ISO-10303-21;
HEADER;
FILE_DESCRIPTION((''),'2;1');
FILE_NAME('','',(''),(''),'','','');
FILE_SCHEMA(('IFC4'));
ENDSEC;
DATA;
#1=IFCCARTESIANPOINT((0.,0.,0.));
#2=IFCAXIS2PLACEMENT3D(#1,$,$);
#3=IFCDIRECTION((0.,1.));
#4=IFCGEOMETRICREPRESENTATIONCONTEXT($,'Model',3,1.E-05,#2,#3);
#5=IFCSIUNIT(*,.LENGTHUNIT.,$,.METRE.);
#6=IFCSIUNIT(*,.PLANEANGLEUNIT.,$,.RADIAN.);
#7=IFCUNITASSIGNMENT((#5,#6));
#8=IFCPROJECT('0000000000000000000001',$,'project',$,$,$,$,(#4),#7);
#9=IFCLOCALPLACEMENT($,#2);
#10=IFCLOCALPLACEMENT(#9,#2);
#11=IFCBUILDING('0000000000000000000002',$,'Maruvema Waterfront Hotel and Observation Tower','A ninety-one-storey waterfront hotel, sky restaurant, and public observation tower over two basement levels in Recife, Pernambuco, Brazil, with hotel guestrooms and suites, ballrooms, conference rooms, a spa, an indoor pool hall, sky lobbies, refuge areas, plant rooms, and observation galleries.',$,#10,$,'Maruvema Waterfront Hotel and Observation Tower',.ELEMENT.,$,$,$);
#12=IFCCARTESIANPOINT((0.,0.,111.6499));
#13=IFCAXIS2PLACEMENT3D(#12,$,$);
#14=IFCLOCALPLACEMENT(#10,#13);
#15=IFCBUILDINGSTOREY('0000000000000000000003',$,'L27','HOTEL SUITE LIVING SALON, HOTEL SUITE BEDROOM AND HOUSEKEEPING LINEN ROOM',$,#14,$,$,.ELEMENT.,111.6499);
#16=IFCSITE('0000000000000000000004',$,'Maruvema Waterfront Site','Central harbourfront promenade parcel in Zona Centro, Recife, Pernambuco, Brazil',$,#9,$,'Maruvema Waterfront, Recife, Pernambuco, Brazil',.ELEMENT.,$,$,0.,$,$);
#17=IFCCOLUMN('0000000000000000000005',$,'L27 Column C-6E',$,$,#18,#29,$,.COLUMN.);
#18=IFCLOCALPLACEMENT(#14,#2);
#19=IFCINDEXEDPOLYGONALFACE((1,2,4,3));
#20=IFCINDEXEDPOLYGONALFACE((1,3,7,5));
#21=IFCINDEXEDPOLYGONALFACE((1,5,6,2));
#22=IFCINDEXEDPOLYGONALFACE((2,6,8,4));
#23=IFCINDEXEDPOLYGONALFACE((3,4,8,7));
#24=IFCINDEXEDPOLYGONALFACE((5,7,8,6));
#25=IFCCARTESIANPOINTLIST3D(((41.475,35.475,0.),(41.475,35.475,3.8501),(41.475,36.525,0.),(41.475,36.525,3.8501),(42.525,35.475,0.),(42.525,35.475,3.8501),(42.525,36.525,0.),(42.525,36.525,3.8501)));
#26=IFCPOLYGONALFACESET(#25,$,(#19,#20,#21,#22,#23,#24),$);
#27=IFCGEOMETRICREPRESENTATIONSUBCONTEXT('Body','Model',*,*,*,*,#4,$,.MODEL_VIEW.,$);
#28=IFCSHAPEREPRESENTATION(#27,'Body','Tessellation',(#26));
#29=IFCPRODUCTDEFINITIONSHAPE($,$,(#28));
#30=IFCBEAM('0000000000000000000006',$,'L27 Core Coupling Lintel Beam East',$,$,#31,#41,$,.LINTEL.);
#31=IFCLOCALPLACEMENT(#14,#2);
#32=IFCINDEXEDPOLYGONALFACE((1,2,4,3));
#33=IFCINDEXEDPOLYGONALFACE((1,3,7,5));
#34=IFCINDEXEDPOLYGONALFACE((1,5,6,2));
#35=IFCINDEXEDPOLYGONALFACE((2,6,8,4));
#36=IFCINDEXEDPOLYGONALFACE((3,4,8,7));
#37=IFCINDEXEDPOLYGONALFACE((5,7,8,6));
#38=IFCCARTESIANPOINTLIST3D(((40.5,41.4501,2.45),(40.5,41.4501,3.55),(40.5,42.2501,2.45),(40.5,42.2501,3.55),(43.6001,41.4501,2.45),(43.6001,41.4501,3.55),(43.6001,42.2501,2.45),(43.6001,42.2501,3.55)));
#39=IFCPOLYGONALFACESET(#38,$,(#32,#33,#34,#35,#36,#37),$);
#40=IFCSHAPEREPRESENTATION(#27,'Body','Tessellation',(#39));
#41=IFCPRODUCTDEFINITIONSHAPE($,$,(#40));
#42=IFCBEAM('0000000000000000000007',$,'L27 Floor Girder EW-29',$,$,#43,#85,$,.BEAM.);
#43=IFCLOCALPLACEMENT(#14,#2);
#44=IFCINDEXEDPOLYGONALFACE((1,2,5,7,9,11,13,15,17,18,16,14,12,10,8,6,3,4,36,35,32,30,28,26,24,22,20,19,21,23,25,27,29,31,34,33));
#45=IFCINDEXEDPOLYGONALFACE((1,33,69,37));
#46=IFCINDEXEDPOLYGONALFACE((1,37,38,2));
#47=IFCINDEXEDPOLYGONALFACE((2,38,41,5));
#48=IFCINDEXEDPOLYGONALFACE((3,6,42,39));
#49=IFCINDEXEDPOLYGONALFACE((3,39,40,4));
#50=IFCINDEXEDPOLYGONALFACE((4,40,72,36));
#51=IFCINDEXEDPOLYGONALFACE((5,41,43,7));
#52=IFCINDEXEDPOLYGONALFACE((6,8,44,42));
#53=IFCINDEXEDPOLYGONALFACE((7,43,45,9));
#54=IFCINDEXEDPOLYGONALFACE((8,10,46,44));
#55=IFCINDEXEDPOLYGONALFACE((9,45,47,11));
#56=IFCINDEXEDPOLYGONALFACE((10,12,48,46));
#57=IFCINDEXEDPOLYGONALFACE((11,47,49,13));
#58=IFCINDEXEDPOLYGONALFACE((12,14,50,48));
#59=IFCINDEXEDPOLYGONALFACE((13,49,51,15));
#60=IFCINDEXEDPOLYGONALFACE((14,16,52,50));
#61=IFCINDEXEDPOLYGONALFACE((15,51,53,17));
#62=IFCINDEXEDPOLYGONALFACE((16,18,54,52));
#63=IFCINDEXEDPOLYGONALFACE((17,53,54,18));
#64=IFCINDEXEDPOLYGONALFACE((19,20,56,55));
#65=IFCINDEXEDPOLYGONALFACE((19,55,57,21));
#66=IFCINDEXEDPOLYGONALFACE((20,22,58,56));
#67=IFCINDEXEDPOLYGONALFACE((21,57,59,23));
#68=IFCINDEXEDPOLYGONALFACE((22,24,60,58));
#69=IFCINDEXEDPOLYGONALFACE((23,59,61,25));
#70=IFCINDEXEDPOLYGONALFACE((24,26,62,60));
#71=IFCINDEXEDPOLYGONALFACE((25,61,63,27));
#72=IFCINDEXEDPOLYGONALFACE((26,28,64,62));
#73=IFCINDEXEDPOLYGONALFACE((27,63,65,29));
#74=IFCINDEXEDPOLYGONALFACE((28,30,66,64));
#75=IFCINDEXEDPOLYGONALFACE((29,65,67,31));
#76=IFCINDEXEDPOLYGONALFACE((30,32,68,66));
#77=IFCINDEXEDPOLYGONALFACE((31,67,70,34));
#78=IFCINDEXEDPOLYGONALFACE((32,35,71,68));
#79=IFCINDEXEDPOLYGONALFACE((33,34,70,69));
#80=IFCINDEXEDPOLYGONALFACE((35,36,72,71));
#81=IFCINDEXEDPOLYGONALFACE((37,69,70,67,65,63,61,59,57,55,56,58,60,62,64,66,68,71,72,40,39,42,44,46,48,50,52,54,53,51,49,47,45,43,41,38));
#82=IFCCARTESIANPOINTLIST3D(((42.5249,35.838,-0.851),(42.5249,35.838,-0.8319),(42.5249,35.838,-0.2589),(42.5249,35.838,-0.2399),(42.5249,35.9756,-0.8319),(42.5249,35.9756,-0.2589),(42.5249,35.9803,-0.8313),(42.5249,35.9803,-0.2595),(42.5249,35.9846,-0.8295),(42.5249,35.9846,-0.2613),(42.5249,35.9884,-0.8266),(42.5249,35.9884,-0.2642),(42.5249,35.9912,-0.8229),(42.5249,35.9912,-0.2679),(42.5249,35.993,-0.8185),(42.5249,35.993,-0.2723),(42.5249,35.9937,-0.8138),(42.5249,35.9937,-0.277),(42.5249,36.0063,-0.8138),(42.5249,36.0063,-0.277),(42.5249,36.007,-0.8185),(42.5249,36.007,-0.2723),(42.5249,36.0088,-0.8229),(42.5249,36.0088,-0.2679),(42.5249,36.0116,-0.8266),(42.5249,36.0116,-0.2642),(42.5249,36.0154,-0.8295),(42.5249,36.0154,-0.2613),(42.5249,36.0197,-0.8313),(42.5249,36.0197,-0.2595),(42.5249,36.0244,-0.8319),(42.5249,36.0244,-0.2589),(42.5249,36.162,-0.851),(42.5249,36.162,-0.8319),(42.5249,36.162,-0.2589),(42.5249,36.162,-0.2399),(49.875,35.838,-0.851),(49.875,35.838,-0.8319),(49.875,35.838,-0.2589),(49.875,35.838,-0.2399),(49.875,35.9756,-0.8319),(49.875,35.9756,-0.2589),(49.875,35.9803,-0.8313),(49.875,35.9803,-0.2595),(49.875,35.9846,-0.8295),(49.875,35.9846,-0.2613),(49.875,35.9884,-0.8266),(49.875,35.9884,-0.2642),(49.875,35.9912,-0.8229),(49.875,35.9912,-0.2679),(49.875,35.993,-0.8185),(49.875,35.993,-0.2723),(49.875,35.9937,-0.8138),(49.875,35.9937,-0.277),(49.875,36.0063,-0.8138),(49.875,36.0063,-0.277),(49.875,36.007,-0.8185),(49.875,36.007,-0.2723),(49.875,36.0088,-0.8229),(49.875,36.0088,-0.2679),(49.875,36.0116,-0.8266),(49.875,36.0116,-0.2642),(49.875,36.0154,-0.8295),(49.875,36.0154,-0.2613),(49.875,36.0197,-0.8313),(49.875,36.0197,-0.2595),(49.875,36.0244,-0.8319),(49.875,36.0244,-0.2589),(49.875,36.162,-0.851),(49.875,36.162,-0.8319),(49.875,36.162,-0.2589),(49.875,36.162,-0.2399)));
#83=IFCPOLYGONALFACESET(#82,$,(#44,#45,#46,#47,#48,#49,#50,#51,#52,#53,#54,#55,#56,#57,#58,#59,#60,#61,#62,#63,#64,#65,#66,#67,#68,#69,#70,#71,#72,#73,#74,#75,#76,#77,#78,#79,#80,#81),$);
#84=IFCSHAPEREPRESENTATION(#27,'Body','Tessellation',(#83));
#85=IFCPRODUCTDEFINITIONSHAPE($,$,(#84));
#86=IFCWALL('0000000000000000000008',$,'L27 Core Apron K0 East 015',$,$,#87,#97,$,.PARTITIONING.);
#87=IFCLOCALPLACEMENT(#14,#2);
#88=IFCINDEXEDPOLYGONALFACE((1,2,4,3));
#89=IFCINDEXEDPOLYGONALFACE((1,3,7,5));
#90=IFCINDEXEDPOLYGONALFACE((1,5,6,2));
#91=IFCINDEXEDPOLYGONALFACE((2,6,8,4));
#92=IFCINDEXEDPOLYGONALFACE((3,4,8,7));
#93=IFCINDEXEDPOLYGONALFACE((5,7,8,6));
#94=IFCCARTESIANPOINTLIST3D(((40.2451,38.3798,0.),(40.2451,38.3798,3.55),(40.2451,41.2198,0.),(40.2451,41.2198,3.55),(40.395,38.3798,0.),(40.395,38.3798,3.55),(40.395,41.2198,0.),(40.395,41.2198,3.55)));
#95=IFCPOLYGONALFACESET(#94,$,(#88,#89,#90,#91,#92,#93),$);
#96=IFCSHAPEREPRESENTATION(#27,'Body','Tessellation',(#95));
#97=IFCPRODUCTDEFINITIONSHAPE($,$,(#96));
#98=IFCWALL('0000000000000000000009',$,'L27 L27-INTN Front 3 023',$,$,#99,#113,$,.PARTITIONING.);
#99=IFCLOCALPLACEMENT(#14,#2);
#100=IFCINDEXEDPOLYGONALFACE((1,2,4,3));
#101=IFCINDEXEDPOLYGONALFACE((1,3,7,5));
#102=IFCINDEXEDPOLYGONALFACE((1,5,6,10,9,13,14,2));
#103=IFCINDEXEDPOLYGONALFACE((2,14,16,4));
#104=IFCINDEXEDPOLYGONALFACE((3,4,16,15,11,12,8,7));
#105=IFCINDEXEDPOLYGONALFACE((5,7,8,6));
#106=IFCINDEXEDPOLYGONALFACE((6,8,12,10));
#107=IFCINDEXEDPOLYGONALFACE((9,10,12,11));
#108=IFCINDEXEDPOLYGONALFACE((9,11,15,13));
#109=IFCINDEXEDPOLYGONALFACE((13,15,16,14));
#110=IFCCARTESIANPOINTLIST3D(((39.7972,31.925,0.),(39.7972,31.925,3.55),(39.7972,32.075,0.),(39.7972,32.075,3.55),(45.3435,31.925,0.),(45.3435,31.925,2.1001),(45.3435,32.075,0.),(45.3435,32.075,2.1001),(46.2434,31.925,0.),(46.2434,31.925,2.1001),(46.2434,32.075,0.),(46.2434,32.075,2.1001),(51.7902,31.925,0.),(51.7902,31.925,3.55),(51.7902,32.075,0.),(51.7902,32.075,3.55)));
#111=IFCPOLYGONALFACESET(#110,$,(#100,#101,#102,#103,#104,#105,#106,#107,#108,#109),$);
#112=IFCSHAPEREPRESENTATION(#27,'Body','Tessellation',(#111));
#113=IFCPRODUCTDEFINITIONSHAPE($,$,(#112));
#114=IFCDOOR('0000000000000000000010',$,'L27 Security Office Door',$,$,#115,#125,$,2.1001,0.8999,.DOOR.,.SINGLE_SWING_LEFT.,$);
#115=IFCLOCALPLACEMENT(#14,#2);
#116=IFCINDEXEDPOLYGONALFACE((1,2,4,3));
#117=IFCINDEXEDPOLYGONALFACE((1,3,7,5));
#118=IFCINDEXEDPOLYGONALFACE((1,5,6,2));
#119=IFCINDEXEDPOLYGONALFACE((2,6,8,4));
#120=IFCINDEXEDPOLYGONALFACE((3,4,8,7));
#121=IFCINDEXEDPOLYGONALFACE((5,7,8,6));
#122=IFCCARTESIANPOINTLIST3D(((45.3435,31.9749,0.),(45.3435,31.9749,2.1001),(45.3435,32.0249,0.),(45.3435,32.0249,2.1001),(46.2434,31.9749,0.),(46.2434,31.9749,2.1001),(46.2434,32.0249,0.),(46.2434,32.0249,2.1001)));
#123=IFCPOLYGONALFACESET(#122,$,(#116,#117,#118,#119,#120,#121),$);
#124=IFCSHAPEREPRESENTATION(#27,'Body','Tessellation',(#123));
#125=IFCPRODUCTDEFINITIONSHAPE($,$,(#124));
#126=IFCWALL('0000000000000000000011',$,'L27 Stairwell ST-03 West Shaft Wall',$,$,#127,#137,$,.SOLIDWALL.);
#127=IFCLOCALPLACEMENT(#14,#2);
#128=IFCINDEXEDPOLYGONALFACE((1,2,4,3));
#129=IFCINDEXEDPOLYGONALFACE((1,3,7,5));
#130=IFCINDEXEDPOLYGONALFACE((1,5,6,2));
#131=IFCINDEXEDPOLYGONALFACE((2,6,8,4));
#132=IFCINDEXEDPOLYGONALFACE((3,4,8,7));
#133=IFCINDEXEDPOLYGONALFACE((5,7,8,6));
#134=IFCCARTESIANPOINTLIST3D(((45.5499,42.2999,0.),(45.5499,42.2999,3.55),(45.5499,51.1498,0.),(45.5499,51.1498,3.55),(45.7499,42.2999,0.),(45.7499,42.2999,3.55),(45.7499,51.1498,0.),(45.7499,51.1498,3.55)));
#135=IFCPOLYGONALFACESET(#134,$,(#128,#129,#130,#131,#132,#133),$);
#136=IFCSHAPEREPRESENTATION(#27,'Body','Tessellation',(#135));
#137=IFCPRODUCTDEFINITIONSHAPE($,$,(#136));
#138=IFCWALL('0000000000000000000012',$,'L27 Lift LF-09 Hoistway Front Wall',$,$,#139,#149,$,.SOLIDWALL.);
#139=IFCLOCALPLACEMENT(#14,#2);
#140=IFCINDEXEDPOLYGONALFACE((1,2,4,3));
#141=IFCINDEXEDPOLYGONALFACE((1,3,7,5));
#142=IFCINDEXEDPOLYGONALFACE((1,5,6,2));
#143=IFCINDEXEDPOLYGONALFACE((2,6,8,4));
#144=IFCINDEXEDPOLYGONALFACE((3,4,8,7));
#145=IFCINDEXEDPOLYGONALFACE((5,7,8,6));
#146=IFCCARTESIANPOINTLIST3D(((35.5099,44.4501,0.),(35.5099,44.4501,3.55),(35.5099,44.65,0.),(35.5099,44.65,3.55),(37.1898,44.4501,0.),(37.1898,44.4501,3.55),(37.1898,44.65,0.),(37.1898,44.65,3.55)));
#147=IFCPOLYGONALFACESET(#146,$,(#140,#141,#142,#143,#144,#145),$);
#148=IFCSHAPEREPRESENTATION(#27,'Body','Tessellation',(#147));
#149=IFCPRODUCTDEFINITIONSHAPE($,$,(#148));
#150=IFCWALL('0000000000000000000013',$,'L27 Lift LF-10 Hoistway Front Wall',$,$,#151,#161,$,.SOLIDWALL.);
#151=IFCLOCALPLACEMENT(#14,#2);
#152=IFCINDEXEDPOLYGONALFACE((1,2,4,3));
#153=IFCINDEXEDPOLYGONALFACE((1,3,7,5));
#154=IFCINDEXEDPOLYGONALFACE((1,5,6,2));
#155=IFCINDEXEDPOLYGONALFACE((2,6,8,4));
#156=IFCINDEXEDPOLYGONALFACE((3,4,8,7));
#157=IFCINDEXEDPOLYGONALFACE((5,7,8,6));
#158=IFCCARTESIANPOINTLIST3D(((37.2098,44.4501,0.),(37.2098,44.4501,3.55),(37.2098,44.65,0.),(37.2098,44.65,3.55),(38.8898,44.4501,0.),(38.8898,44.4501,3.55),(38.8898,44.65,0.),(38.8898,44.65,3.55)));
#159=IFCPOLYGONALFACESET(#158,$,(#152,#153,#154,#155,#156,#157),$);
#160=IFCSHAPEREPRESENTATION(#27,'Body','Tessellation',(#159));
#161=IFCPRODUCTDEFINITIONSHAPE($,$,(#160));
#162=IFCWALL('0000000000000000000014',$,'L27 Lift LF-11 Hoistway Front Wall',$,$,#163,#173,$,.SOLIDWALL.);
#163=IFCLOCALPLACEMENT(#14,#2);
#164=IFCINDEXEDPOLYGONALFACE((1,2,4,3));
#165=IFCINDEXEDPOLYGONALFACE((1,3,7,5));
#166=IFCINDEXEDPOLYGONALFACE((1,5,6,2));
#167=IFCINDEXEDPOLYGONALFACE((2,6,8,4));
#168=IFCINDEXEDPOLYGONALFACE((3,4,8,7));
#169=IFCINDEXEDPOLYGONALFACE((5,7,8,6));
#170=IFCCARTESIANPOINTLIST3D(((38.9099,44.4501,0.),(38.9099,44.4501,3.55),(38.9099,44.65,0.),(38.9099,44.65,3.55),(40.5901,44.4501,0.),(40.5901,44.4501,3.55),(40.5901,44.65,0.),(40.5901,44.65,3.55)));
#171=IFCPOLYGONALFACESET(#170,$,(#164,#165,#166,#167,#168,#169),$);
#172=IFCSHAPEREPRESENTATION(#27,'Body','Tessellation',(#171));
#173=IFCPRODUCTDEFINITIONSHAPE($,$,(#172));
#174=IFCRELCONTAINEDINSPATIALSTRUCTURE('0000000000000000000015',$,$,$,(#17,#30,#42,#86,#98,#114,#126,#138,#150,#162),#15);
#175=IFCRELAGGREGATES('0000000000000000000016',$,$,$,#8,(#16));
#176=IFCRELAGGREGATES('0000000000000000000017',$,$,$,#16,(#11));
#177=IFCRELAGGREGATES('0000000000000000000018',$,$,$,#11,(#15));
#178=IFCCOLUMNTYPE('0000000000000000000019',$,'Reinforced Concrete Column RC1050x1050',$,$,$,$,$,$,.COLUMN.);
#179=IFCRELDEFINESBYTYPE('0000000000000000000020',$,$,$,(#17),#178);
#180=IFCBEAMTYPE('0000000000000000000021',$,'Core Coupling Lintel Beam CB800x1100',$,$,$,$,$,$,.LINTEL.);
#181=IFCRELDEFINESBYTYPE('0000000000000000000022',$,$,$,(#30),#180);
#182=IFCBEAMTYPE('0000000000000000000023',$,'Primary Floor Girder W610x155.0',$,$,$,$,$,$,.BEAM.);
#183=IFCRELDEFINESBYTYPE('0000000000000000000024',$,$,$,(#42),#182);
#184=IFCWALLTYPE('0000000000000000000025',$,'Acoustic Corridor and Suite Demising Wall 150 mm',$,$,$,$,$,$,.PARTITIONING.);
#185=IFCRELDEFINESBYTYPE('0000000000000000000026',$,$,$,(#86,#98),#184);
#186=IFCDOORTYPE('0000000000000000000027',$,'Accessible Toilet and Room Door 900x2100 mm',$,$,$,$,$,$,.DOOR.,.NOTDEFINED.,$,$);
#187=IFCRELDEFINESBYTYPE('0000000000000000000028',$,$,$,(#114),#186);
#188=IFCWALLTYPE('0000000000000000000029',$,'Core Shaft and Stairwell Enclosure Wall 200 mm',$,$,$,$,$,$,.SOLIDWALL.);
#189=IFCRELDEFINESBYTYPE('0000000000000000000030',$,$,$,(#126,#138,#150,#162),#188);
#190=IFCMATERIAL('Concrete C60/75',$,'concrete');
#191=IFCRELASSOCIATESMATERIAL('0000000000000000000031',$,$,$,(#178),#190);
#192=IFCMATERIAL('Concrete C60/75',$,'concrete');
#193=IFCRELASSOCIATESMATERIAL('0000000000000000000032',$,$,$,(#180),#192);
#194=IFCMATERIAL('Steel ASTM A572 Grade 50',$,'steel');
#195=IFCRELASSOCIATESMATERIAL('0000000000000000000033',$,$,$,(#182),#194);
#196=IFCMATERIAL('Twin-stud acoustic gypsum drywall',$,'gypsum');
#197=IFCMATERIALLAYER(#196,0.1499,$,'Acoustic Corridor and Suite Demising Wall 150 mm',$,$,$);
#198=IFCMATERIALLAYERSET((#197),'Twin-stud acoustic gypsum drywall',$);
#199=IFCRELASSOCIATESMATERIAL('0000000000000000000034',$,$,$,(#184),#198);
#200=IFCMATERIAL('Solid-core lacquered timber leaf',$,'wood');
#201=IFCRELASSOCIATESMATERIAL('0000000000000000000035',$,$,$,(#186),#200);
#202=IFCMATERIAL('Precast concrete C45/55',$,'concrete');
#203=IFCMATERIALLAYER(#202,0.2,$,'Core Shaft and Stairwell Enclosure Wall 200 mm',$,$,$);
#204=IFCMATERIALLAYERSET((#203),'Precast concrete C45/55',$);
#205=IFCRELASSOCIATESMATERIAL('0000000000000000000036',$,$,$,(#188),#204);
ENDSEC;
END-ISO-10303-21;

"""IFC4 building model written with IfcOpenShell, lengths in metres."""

from ifc_helpers import new_model, si_unit, direction, frame, frame_2d, origin, origin_2d, place, context, subcontext, project, spatial, rectangle, i_section, extrude, material, layer, layer_set, material_profile, profile_set, type_object, element, fill, save


model = new_model("IFC4")

# Units and contexts
model_context = context("Model", 3, precision=1e-05, world=origin(), true_north=direction((0.0, 1.0)))
body_context = subcontext(model_context, "Body", "Model", "MODEL_VIEW")
ifc_project = project(units=[si_unit("LENGTHUNIT", "METRE"), si_unit("PLANEANGLEUNIT", "RADIAN")], contexts=[model_context])

# Site, building, storey
site_placement = place(None, origin())
site = spatial("IfcSite", under=ifc_project, at=site_placement, Name="Maruvema Waterfront Site", Description="Central harbourfront promenade parcel in Zona Centro, Recife, Pernambuco, Brazil", LongName="Maruvema Waterfront, Recife, Pernambuco, Brazil", CompositionType="ELEMENT", RefElevation=0.0)
building_placement = place(site_placement, origin())
building = spatial("IfcBuilding", under=site, at=building_placement, Name="Maruvema Waterfront Hotel and Observation Tower", Description="A ninety-one-storey waterfront hotel, sky restaurant, and public observation tower over two basement levels in Recife, Pernambuco, Brazil, with hotel guestrooms and suites, ballrooms, conference rooms, a spa, an indoor pool hall, sky lobbies, refuge areas, plant rooms, and observation galleries.", LongName="Maruvema Waterfront Hotel and Observation Tower", CompositionType="ELEMENT")
storey_placement = place(building_placement, frame((0.0, 0.0, 111.6499)))
storey = spatial("IfcBuildingStorey", under=building, at=storey_placement, Name="L27", Description="HOTEL SUITE LIVING SALON, HOTEL SUITE BEDROOM AND HOUSEKEEPING LINEN ROOM", CompositionType="ELEMENT", Elevation=111.6499)

# Column
ifc_material_1 = material(Name="Concrete C60/75", Category="concrete")
ifc_material_profile_1 = material_profile(ifc_material_1, rectangle(XDim=1.05, YDim=1.05, at=origin_2d()), Name="RC1050x1050")
ifc_profile_set_1 = profile_set([ifc_material_profile_1], Name="Concrete C60/75")
column_type = type_object("IfcColumnType", Name="Reinforced Concrete Column RC1050x1050", PredefinedType="COLUMN", material=ifc_profile_set_1)
column_placement = place(storey_placement, frame((42.0, 36.0, 0.0), z_axis=(0.0, 0.0, 1.0), x_axis=(1.0, 0.0, 0.0)))
element("IfcColumn", 1, at=column_placement, inside=storey, type_object=column_type, Name="L27 Column C-6E", PredefinedType="COLUMN", context=body_context, shape_type="SweptSolid", body=[
    extrude(rectangle(XDim=1.05, YDim=1.05, at=origin_2d()), origin(), (0.0, 0.0, 1.0), 3.8501),
])

# Beams
ifc_material_2 = material(Name="Concrete C60/75", Category="concrete")
ifc_material_profile_2 = material_profile(ifc_material_2, rectangle(XDim=0.8, YDim=1.1001, at=origin_2d()), Name="CB800x1100")
ifc_profile_set_2 = profile_set([ifc_material_profile_2], Name="Concrete C60/75")
beam_type_1 = type_object("IfcBeamType", Name="Core Coupling Lintel Beam CB800x1100", PredefinedType="LINTEL", material=ifc_profile_set_2)
beam_1_placement = place(storey_placement, frame((40.5, 41.8501, 3.0), z_axis=(1.0, 0.0, 0.0), x_axis=(0.0, 1.0, 0.0)))
element("IfcBeam", 2, at=beam_1_placement, inside=storey, type_object=beam_type_1, Name="L27 Core Coupling Lintel Beam East", PredefinedType="LINTEL", context=body_context, shape_type="SweptSolid", body=[
    extrude(rectangle(XDim=0.8, YDim=1.1001, at=origin_2d()), origin(), (0.0, 0.0, 1.0), 3.1001),
])
ifc_material_3 = material(Name="Steel ASTM A572 Grade 50", Category="steel")
ifc_material_profile_3 = material_profile(ifc_material_3, i_section(OverallWidth=0.324, OverallDepth=0.6111, WebThickness=0.0127, FlangeThickness=0.019, FilletRadius=0.0181, at=origin_2d()), Name="W610x155.0")
ifc_profile_set_3 = profile_set([ifc_material_profile_3], Name="Steel ASTM A572 Grade 50")
beam_type_2 = type_object("IfcBeamType", Name="Primary Floor Girder W610x155.0", PredefinedType="BEAM", material=ifc_profile_set_3)
beam_2_placement = place(storey_placement, frame((42.5249, 36.0, -0.5454), z_axis=(1.0, 0.0, 0.0), x_axis=(0.0, 1.0, 0.0)))
element("IfcBeam", 3, at=beam_2_placement, inside=storey, type_object=beam_type_2, Name="L27 Floor Girder EW-29", PredefinedType="BEAM", context=body_context, shape_type="SweptSolid", body=[
    extrude(i_section(OverallWidth=0.324, OverallDepth=0.6111, WebThickness=0.0127, FlangeThickness=0.019, FilletRadius=0.0181, at=origin_2d()), origin(), (0.0, 0.0, 1.0), 7.3501),
])

# Wall
ifc_material_4 = material(Name="Twin-stud acoustic gypsum drywall", Category="gypsum")
ifc_layer_1 = layer(ifc_material_4, 0.1499, Name="Acoustic Corridor and Suite Demising Wall 150 mm")
ifc_layer_set_1 = layer_set([ifc_layer_1], Name="Twin-stud acoustic gypsum drywall")
wall_type_1 = type_object("IfcWallType", Name="Acoustic Corridor and Suite Demising Wall 150 mm", PredefinedType="PARTITIONING", material=ifc_layer_set_1)
wall_1_placement = place(storey_placement, frame((40.3201, 38.3799, 0.0), z_axis=(0.0, 0.0, 1.0), x_axis=(0.0, 1.0, 0.0)))
element("IfcWall", 4, at=wall_1_placement, inside=storey, type_object=wall_type_1, Name="L27 Core Apron K0 East 015", PredefinedType="PARTITIONING", context=body_context, shape_type="SweptSolid", body=[
    extrude(rectangle(XDim=2.8401, YDim=0.1499, at=frame_2d((1.4199, 0.0))), origin(), (0.0, 0.0, 1.0), 3.55),
])

# Wall, opening, door
wall_2_placement = place(storey_placement, frame((39.7971, 32.0, 0.0), z_axis=(0.0, 0.0, 1.0), x_axis=(1.0, 0.0, 0.0)))
wall_2 = element("IfcWall", 5, at=wall_2_placement, inside=storey, type_object=wall_type_1, Name="L27 L27-INTN Front 3 023", PredefinedType="PARTITIONING", context=body_context, shape_type="SweptSolid", body=[
    extrude(rectangle(XDim=11.9929, YDim=0.1499, at=frame_2d((5.9966, 0.0))), origin(), (0.0, 0.0, 1.0), 3.55),
])
opening_1_placement = place(wall_2_placement, frame((5.5464, 0.0, 0.0)))
opening_1 = element("IfcOpeningElement", 6, at=opening_1_placement, cuts=wall_2, PredefinedType="OPENING", context=body_context, shape_type="SweptSolid", body=[
    extrude(rectangle(XDim=0.8999, YDim=2.1001, at=frame_2d((0.45, 1.05))), frame((0.0, 0.085, 0.0), z_axis=(0.0, -1.0, 0.0), x_axis=(1.0, 0.0, 0.0)), (0.0, 0.0, 1.0), 0.1699),
])
ifc_material_5 = material(Name="Solid-core lacquered timber leaf", Category="wood")
door_type_1 = type_object("IfcDoorType", Name="Accessible Toilet and Room Door 900x2100 mm", OperationType="NOTDEFINED", PredefinedType="DOOR", material=ifc_material_5)
door_1_placement = place(opening_1_placement, origin())
door_1 = element("IfcDoor", 7, at=door_1_placement, inside=storey, type_object=door_type_1, Name="L27 Security Office Door", OperationType="SINGLE_SWING_LEFT", OverallHeight=2.1001, OverallWidth=0.8999, PredefinedType="DOOR", context=body_context, shape_type="SweptSolid", body=[
    extrude(rectangle(XDim=0.8999, YDim=2.1001, at=frame_2d((0.45, 1.05))), frame((0.0, 0.0249, 0.0), z_axis=(0.0, -1.0, 0.0), x_axis=(1.0, 0.0, 0.0)), (0.0, 0.0, 1.0), 0.05),
])
fill(opening_1, door_1)

# Walls
ifc_material_6 = material(Name="Precast concrete C45/55", Category="concrete")
ifc_layer_2 = layer(ifc_material_6, 0.2, Name="Core Shaft and Stairwell Enclosure Wall 200 mm")
ifc_layer_set_2 = layer_set([ifc_layer_2], Name="Precast concrete C45/55")
wall_type_2 = type_object("IfcWallType", Name="Core Shaft and Stairwell Enclosure Wall 200 mm", PredefinedType="SOLIDWALL", material=ifc_layer_set_2)
wall_3_placement = place(storey_placement, frame((45.6499, 42.3, 0.0), z_axis=(0.0, 0.0, 1.0), x_axis=(0.0, 1.0, 0.0)))
element("IfcWall", 8, at=wall_3_placement, inside=storey, type_object=wall_type_2, Name="L27 Stairwell ST-03 West Shaft Wall", PredefinedType="SOLIDWALL", context=body_context, shape_type="SweptSolid", body=[
    extrude(rectangle(XDim=8.8499, YDim=0.2, at=frame_2d((4.4248, 0.0))), origin(), (0.0, 0.0, 1.0), 3.55),
])
for number, where, z_axis, x_axis, name in (
    (9, (35.51, 44.55, 0.0), (0.0, 0.0, 1.0), (1.0, 0.0, 0.0), "L27 Lift LF-09 Hoistway Front Wall"),
    (10, (37.21, 44.55, 0.0), (0.0, 0.0, 1.0), (1.0, 0.0, 0.0), "L27 Lift LF-10 Hoistway Front Wall"),
):
    element("IfcWall", number, at=place(storey_placement, frame(where, z_axis=z_axis, x_axis=x_axis)), inside=storey, type_object=wall_type_2, Name=name, PredefinedType="SOLIDWALL", context=body_context, shape_type="SweptSolid", body=[
        extrude(rectangle(XDim=1.6799, YDim=0.2, at=frame_2d((0.8398, 0.0))), origin(), (0.0, 0.0, 1.0), 3.55),
    ])
wall_4_placement = place(storey_placement, frame((38.9099, 44.55, 0.0), z_axis=(0.0, 0.0, 1.0), x_axis=(1.0, 0.0, 0.0)))
element("IfcWall", 11, at=wall_4_placement, inside=storey, type_object=wall_type_2, Name="L27 Lift LF-11 Hoistway Front Wall", PredefinedType="SOLIDWALL", context=body_context, shape_type="SweptSolid", body=[
    extrude(rectangle(XDim=1.6802, YDim=0.2, at=frame_2d((0.8401, 0.0))), origin(), (0.0, 0.0, 1.0), 3.55),
])

save(model, "model.ifc")
